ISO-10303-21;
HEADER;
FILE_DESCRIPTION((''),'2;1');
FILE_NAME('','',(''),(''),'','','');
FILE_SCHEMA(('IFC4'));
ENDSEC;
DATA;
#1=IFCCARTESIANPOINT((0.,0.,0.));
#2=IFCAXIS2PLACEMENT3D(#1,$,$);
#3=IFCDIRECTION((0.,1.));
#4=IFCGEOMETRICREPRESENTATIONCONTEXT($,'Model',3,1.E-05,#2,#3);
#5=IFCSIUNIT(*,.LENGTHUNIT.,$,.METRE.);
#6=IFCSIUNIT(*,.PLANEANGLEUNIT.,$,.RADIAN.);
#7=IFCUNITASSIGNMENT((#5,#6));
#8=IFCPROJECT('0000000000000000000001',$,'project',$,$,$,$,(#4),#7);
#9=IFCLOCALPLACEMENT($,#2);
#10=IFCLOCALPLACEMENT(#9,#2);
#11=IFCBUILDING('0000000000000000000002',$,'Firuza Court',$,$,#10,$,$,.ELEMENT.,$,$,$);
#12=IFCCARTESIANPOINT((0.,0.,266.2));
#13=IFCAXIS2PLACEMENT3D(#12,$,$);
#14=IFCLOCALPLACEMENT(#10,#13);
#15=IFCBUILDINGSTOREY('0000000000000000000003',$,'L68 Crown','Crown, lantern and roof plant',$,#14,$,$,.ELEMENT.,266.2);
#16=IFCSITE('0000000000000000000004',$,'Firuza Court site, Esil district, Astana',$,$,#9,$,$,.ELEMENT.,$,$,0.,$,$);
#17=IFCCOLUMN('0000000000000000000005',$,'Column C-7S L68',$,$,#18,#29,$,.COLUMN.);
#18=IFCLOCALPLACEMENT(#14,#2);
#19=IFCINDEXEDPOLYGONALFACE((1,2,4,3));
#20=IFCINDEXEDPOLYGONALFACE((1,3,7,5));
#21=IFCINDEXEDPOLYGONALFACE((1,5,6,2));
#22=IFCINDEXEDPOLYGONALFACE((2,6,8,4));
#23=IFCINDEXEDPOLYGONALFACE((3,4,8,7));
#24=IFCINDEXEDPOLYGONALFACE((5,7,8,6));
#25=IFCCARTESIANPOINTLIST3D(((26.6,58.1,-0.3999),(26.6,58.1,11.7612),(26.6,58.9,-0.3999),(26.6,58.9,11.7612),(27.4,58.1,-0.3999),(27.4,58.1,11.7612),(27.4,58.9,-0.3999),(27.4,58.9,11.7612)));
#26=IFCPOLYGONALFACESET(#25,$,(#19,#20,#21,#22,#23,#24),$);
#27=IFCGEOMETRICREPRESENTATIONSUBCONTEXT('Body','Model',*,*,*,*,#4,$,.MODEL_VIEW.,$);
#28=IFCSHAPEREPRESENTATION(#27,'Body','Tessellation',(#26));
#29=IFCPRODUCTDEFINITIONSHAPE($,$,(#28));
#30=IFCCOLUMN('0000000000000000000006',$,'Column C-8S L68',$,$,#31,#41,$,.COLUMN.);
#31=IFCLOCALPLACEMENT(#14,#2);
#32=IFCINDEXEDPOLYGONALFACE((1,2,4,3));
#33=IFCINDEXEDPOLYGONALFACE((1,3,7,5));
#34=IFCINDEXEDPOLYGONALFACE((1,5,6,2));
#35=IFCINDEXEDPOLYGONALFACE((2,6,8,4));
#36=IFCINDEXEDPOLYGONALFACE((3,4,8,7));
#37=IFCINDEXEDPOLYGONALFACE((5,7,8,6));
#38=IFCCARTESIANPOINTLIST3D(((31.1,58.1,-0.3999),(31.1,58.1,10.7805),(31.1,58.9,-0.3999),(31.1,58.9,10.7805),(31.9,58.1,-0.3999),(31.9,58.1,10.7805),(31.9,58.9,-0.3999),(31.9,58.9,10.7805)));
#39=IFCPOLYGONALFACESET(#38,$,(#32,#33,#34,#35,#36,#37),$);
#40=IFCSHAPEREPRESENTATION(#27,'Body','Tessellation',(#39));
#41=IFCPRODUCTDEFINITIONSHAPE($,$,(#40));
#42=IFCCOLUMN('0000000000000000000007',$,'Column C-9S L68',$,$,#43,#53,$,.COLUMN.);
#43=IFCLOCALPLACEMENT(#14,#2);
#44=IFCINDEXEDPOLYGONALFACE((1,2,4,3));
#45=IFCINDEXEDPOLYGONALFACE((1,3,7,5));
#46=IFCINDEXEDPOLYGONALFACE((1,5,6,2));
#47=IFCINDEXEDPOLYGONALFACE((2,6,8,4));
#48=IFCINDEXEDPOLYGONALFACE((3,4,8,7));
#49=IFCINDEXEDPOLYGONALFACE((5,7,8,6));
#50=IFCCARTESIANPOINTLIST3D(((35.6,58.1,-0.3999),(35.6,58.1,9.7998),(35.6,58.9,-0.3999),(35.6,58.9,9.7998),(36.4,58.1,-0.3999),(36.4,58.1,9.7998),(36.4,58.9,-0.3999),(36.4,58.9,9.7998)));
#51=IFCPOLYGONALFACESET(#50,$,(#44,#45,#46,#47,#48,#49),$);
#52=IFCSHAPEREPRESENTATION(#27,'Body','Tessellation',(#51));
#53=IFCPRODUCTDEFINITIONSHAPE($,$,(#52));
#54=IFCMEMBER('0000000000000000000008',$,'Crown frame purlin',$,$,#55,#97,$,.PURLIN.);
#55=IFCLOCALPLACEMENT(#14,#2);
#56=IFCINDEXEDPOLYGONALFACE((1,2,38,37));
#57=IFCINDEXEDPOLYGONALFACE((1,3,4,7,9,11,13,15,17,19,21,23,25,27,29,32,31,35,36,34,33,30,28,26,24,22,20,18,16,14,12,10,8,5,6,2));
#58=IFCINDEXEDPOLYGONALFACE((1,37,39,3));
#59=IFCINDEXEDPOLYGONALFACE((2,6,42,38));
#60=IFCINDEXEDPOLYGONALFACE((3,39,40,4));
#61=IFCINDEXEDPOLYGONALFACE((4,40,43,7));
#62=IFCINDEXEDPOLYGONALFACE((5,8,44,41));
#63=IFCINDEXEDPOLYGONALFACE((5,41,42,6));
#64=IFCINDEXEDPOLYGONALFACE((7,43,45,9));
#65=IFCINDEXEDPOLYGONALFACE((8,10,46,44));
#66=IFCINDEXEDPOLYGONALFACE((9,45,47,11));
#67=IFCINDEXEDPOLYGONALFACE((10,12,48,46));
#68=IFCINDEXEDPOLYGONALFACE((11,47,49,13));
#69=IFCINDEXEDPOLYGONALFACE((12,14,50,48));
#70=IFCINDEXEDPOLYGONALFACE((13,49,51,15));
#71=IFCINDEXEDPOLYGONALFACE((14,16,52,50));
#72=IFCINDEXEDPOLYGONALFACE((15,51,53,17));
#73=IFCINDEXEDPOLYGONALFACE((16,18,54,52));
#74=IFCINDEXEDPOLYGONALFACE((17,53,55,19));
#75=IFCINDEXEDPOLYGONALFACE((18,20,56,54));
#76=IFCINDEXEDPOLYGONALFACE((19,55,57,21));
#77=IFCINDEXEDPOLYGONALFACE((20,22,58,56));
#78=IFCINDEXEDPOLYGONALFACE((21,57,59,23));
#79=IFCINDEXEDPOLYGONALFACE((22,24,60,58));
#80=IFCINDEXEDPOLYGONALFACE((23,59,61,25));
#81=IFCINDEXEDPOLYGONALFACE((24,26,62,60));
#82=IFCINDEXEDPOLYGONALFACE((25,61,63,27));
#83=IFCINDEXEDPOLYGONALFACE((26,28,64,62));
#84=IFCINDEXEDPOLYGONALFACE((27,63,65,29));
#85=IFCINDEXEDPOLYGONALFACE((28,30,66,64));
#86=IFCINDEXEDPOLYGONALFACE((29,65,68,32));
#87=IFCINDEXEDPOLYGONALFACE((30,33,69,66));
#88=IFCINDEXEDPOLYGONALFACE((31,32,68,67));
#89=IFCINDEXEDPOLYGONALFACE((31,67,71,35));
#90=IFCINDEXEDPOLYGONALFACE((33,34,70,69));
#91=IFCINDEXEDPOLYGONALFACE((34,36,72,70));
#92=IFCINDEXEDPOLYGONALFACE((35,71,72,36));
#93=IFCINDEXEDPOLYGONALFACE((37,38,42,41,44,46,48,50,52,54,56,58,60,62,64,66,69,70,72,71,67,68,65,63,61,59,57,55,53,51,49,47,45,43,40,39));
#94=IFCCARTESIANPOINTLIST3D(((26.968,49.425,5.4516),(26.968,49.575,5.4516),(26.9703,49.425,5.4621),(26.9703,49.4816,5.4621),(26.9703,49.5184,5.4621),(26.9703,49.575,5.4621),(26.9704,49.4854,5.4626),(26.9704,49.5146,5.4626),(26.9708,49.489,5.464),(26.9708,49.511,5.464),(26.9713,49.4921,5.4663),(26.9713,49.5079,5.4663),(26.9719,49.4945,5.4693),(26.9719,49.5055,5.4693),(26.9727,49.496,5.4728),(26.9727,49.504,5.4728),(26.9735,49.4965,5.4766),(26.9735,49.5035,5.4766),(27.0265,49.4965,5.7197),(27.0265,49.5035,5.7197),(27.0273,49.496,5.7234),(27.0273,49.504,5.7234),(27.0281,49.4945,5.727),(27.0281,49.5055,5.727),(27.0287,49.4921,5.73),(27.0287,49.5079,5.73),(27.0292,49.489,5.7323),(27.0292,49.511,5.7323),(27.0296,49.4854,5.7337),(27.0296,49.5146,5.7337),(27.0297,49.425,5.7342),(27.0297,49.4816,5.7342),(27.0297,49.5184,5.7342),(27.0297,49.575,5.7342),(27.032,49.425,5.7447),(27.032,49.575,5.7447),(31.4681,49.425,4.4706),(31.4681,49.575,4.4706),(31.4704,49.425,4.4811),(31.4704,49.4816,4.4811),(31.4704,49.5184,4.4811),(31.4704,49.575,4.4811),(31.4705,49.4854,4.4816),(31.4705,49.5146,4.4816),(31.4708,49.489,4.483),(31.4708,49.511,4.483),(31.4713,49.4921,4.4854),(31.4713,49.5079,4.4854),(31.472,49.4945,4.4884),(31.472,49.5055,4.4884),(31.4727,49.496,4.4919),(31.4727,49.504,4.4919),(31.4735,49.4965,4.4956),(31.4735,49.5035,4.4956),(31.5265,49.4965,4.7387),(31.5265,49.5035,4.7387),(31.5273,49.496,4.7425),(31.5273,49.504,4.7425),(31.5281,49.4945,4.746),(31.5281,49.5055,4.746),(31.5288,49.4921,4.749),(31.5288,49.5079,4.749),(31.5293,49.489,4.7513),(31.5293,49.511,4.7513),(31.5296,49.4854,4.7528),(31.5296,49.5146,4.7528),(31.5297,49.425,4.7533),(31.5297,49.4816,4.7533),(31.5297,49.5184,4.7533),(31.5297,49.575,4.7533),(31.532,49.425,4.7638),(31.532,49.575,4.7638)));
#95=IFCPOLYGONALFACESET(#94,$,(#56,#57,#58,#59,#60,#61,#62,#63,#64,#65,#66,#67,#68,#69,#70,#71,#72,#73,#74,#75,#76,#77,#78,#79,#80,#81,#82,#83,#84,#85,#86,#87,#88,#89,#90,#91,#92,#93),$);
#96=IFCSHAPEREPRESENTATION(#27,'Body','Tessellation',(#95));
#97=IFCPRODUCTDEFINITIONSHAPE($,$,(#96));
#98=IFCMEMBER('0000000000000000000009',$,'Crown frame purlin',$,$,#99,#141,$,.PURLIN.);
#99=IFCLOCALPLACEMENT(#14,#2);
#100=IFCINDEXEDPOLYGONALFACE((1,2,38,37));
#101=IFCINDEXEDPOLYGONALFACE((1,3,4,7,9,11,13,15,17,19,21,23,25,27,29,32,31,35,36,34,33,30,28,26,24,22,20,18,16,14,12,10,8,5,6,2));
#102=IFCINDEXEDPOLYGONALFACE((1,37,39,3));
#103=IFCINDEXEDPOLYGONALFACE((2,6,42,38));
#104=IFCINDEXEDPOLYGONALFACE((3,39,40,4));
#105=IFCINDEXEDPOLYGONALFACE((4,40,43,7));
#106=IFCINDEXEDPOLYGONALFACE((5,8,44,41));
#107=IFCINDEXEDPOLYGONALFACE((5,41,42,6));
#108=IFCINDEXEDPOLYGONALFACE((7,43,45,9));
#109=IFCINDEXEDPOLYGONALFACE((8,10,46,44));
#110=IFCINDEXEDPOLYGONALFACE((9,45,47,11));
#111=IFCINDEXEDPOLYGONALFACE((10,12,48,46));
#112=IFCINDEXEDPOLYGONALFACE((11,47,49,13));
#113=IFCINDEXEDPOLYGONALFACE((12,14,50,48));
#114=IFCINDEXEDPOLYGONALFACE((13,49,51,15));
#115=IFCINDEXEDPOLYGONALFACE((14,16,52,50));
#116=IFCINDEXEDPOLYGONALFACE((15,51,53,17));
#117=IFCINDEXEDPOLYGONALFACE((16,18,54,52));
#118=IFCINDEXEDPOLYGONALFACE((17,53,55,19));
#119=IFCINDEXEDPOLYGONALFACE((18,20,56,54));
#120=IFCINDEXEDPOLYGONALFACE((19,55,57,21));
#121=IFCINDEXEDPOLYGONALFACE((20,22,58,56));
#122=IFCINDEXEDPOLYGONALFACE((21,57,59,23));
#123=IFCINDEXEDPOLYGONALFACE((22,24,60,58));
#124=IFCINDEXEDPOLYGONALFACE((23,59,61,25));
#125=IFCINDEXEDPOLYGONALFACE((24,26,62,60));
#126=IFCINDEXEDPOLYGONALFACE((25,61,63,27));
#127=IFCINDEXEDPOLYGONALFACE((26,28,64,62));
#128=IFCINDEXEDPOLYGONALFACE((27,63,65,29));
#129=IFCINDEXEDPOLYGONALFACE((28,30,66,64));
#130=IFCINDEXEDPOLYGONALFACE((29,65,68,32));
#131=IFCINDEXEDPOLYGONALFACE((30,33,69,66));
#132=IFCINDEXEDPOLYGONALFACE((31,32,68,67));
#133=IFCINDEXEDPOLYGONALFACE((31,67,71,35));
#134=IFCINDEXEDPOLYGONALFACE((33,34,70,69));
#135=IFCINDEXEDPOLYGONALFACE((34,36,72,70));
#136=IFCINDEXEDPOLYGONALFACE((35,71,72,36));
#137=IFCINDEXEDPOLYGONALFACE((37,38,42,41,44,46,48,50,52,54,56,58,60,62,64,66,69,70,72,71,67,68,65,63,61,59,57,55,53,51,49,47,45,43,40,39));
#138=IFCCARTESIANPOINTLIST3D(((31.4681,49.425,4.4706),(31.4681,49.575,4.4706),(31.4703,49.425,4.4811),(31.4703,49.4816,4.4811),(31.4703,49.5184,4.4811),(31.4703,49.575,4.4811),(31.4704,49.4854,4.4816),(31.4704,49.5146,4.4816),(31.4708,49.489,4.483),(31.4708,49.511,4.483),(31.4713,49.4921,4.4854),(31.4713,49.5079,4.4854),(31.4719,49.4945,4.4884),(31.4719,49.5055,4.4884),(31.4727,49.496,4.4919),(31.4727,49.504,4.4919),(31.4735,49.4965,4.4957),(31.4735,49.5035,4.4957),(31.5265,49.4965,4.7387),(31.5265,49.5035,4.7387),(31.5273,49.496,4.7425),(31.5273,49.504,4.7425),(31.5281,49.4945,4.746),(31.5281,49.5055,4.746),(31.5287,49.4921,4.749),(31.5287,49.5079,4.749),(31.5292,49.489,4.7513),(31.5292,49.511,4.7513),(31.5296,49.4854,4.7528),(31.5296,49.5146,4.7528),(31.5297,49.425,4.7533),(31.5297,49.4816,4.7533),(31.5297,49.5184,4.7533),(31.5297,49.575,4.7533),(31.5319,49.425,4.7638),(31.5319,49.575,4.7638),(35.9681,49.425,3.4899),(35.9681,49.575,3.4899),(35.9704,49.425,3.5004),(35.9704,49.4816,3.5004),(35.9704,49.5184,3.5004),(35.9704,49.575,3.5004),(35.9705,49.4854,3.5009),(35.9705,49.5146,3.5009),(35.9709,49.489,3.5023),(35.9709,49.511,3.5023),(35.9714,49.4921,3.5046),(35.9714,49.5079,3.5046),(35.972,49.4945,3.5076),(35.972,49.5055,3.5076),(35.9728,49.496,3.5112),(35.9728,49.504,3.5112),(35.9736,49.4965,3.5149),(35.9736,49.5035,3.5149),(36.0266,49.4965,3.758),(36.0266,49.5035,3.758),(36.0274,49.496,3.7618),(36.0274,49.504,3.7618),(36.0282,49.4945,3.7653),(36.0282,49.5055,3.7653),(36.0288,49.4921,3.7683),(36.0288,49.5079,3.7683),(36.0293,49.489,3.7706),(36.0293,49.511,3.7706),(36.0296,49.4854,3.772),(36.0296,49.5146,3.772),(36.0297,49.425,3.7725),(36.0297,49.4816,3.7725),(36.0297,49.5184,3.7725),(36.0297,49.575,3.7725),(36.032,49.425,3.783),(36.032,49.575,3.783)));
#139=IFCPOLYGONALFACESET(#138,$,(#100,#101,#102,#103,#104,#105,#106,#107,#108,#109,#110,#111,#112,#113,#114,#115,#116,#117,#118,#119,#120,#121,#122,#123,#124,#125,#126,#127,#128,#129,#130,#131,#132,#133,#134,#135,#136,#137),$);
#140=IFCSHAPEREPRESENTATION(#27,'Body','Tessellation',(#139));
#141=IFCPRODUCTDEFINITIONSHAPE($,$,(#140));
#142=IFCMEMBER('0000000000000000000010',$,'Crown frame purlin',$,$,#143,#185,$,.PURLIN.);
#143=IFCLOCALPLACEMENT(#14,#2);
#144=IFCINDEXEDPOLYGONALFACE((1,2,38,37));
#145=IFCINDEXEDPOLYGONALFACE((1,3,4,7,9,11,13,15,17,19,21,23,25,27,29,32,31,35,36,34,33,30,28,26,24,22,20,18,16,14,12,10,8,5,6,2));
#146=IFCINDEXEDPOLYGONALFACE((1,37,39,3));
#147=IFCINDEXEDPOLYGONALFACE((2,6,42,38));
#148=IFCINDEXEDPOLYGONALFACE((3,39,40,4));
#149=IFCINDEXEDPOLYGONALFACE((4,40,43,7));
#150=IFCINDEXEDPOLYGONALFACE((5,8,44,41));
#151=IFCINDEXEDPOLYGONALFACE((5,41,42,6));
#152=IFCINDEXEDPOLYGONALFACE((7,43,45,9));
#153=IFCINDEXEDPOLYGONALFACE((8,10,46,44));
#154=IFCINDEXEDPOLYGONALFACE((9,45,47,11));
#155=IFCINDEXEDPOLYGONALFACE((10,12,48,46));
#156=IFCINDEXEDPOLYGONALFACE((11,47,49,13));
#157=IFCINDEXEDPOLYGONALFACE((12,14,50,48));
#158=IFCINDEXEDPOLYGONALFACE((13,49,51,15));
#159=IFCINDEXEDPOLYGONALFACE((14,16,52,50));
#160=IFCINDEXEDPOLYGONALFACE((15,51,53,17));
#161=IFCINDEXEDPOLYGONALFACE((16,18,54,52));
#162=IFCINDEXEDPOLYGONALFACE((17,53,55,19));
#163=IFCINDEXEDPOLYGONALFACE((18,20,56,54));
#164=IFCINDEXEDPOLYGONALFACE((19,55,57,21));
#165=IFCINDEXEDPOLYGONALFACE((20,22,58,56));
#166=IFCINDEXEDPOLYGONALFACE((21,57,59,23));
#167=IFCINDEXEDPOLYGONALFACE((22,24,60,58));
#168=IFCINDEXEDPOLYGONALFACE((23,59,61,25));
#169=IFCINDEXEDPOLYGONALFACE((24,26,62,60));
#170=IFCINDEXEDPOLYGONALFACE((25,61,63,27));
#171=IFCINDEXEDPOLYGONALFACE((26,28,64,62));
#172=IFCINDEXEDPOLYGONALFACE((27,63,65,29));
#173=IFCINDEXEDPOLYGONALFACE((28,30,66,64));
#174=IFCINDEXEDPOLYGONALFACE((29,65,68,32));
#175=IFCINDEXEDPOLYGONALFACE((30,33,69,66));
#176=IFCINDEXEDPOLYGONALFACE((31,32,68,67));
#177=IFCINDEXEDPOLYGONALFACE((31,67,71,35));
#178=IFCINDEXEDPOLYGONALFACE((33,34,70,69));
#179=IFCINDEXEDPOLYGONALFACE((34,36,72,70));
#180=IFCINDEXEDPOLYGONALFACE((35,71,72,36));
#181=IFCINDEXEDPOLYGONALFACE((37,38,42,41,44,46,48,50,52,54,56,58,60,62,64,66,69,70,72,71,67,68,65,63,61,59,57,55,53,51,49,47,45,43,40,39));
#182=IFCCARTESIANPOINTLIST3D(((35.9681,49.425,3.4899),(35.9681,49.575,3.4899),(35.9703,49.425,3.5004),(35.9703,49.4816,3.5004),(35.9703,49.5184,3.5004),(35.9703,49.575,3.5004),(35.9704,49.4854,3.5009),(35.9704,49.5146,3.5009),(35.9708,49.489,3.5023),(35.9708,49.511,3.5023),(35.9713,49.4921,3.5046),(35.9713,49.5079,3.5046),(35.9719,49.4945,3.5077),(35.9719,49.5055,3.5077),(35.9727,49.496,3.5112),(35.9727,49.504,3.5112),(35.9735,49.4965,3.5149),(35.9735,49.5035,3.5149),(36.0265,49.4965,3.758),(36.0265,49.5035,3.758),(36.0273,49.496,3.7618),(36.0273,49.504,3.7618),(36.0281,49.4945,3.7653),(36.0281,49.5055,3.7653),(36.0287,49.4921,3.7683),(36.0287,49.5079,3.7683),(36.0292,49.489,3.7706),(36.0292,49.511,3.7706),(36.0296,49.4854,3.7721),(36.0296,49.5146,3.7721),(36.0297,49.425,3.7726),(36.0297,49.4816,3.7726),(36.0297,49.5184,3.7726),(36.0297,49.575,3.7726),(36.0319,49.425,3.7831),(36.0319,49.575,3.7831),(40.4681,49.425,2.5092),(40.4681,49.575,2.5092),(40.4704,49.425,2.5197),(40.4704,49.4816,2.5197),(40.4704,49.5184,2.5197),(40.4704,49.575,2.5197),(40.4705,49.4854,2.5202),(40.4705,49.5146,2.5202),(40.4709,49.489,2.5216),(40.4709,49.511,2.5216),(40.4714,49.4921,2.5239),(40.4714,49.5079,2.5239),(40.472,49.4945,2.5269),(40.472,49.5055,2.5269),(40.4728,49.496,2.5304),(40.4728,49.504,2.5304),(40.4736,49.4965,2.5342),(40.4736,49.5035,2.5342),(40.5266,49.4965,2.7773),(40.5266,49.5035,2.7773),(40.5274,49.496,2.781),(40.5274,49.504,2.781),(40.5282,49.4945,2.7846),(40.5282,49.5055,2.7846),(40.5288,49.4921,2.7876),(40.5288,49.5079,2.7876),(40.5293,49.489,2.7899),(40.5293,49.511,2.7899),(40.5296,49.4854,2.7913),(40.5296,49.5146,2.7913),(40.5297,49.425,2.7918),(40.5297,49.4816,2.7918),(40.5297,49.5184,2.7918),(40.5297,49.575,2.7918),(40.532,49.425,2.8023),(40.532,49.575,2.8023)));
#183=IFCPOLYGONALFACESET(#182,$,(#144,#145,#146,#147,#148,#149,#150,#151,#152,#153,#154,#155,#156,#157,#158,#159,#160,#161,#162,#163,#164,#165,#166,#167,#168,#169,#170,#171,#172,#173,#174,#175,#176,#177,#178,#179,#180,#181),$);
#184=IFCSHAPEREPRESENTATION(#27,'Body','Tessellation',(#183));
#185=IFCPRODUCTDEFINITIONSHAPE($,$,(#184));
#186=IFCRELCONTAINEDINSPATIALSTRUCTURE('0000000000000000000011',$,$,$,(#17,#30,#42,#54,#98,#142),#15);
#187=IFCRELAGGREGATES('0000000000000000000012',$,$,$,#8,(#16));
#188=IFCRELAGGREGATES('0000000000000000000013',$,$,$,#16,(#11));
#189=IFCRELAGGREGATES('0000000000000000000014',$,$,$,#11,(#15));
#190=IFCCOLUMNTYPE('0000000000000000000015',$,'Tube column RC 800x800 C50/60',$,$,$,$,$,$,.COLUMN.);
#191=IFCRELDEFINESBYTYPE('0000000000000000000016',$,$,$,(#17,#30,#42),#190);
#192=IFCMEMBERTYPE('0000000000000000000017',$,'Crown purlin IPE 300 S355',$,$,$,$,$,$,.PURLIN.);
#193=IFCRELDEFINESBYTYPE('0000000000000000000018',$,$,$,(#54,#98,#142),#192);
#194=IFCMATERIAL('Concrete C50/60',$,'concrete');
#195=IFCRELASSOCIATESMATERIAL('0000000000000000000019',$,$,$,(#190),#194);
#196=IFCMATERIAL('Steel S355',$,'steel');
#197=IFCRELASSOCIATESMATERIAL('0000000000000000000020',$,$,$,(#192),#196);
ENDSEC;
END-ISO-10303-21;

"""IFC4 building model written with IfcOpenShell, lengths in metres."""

from ifc_helpers import new_model, si_unit, direction, frame, origin, origin_2d, place, context, subcontext, project, spatial, rectangle, i_section, extrude, material, material_profile, profile_set, type_object, element, save


model = new_model("IFC4")

# Units and contexts
model_context = context("Model", 3, precision=1e-05, world=origin(), true_north=direction((0.0, 1.0)))
body_context = subcontext(model_context, "Body", "Model", "MODEL_VIEW")
ifc_project = project(units=[si_unit("LENGTHUNIT", "METRE"), si_unit("PLANEANGLEUNIT", "RADIAN")], contexts=[model_context])

# Site, building, storey
site_placement = place(None, origin())
site = spatial("IfcSite", under=ifc_project, at=site_placement, Name="Firuza Court site, Esil district, Astana", CompositionType="ELEMENT", RefElevation=0.0)
building_placement = place(site_placement, origin())
building = spatial("IfcBuilding", under=site, at=building_placement, Name="Firuza Court", CompositionType="ELEMENT")
storey_placement = place(building_placement, frame((0.0, 0.0, 266.2)))
storey = spatial("IfcBuildingStorey", under=building, at=storey_placement, Name="L68 Crown", Description="Crown, lantern and roof plant", CompositionType="ELEMENT", Elevation=266.2)

# Columns
ifc_material_1 = material(Name="Concrete C50/60", Category="concrete")
ifc_material_profile_1 = material_profile(ifc_material_1, rectangle(XDim=0.8, YDim=0.8, at=origin_2d()), Name="RC 800x800")
ifc_profile_set_1 = profile_set([ifc_material_profile_1], Name="Concrete C50/60")
column_type = type_object("IfcColumnType", Name="Tube column RC 800x800 C50/60", PredefinedType="COLUMN", material=ifc_profile_set_1)
column_1_placement = place(storey_placement, frame((27.0, 58.5, -0.3999), z_axis=(0.0, 0.0, 1.0), x_axis=(1.0, 0.0, 0.0)))
element("IfcColumn", 1, at=column_1_placement, inside=storey, type_object=column_type, Name="Column C-7S L68", PredefinedType="COLUMN", context=body_context, shape_type="SweptSolid", body=[
    extrude(rectangle(XDim=0.8, YDim=0.8, at=origin_2d()), origin(), (0.0, 0.0, 1.0), 12.1611),
])
column_2_placement = place(storey_placement, frame((31.5, 58.5, -0.3999), z_axis=(0.0, 0.0, 1.0), x_axis=(1.0, 0.0, 0.0)))
element("IfcColumn", 2, at=column_2_placement, inside=storey, type_object=column_type, Name="Column C-8S L68", PredefinedType="COLUMN", context=body_context, shape_type="SweptSolid", body=[
    extrude(rectangle(XDim=0.8, YDim=0.8, at=origin_2d()), origin(), (0.0, 0.0, 1.0), 11.1804),
])
column_3_placement = place(storey_placement, frame((36.0, 58.5, -0.3999), z_axis=(0.0, 0.0, 1.0), x_axis=(1.0, 0.0, 0.0)))
element("IfcColumn", 3, at=column_3_placement, inside=storey, type_object=column_type, Name="Column C-9S L68", PredefinedType="COLUMN", context=body_context, shape_type="SweptSolid", body=[
    extrude(rectangle(XDim=0.8, YDim=0.8, at=origin_2d()), origin(), (0.0, 0.0, 1.0), 10.1997),
])

# Members
ifc_material_2 = material(Name="Steel S355", Category="steel")
ifc_material_profile_2 = material_profile(ifc_material_2, i_section(OverallWidth=0.1499, OverallDepth=0.3, WebThickness=0.0071, FlangeThickness=0.0107, FilletRadius=0.0149, at=origin_2d()), Name="IPE 300")
ifc_profile_set_2 = profile_set([ifc_material_profile_2], Name="Steel S355")
member_type_1 = type_object("IfcMemberType", Name="Crown purlin IPE 300 S355", PredefinedType="PURLIN", material=ifc_profile_set_2)
for number, where, z_axis, x_axis, name in (
    (4, (27.0, 49.5, 5.5981), (0.977055, 0.0, -0.212989), (0.0, 1.0, 0.0), "Crown frame purlin"),
    (5, (31.5, 49.5, 4.6172), (0.977066, 0.0, -0.212938), (0.0, 1.0, 0.0), "Crown frame purlin"),
    (6, (36.0, 49.5, 3.6365), (0.977066, 0.0, -0.212938), (0.0, 1.0, 0.0), "Crown frame purlin"),
):
    element("IfcMember", number, at=place(storey_placement, frame(where, z_axis=z_axis, x_axis=x_axis)), inside=storey, type_object=member_type_1, Name=name, PredefinedType="PURLIN", context=body_context, shape_type="SweptSolid", body=[
        extrude(i_section(OverallWidth=0.1499, OverallDepth=0.3, WebThickness=0.0071, FlangeThickness=0.0107, FilletRadius=0.0149, at=origin_2d()), origin(), (0.0, 0.0, 1.0), 4.6057),
    ])

save(model, "model.ifc")
